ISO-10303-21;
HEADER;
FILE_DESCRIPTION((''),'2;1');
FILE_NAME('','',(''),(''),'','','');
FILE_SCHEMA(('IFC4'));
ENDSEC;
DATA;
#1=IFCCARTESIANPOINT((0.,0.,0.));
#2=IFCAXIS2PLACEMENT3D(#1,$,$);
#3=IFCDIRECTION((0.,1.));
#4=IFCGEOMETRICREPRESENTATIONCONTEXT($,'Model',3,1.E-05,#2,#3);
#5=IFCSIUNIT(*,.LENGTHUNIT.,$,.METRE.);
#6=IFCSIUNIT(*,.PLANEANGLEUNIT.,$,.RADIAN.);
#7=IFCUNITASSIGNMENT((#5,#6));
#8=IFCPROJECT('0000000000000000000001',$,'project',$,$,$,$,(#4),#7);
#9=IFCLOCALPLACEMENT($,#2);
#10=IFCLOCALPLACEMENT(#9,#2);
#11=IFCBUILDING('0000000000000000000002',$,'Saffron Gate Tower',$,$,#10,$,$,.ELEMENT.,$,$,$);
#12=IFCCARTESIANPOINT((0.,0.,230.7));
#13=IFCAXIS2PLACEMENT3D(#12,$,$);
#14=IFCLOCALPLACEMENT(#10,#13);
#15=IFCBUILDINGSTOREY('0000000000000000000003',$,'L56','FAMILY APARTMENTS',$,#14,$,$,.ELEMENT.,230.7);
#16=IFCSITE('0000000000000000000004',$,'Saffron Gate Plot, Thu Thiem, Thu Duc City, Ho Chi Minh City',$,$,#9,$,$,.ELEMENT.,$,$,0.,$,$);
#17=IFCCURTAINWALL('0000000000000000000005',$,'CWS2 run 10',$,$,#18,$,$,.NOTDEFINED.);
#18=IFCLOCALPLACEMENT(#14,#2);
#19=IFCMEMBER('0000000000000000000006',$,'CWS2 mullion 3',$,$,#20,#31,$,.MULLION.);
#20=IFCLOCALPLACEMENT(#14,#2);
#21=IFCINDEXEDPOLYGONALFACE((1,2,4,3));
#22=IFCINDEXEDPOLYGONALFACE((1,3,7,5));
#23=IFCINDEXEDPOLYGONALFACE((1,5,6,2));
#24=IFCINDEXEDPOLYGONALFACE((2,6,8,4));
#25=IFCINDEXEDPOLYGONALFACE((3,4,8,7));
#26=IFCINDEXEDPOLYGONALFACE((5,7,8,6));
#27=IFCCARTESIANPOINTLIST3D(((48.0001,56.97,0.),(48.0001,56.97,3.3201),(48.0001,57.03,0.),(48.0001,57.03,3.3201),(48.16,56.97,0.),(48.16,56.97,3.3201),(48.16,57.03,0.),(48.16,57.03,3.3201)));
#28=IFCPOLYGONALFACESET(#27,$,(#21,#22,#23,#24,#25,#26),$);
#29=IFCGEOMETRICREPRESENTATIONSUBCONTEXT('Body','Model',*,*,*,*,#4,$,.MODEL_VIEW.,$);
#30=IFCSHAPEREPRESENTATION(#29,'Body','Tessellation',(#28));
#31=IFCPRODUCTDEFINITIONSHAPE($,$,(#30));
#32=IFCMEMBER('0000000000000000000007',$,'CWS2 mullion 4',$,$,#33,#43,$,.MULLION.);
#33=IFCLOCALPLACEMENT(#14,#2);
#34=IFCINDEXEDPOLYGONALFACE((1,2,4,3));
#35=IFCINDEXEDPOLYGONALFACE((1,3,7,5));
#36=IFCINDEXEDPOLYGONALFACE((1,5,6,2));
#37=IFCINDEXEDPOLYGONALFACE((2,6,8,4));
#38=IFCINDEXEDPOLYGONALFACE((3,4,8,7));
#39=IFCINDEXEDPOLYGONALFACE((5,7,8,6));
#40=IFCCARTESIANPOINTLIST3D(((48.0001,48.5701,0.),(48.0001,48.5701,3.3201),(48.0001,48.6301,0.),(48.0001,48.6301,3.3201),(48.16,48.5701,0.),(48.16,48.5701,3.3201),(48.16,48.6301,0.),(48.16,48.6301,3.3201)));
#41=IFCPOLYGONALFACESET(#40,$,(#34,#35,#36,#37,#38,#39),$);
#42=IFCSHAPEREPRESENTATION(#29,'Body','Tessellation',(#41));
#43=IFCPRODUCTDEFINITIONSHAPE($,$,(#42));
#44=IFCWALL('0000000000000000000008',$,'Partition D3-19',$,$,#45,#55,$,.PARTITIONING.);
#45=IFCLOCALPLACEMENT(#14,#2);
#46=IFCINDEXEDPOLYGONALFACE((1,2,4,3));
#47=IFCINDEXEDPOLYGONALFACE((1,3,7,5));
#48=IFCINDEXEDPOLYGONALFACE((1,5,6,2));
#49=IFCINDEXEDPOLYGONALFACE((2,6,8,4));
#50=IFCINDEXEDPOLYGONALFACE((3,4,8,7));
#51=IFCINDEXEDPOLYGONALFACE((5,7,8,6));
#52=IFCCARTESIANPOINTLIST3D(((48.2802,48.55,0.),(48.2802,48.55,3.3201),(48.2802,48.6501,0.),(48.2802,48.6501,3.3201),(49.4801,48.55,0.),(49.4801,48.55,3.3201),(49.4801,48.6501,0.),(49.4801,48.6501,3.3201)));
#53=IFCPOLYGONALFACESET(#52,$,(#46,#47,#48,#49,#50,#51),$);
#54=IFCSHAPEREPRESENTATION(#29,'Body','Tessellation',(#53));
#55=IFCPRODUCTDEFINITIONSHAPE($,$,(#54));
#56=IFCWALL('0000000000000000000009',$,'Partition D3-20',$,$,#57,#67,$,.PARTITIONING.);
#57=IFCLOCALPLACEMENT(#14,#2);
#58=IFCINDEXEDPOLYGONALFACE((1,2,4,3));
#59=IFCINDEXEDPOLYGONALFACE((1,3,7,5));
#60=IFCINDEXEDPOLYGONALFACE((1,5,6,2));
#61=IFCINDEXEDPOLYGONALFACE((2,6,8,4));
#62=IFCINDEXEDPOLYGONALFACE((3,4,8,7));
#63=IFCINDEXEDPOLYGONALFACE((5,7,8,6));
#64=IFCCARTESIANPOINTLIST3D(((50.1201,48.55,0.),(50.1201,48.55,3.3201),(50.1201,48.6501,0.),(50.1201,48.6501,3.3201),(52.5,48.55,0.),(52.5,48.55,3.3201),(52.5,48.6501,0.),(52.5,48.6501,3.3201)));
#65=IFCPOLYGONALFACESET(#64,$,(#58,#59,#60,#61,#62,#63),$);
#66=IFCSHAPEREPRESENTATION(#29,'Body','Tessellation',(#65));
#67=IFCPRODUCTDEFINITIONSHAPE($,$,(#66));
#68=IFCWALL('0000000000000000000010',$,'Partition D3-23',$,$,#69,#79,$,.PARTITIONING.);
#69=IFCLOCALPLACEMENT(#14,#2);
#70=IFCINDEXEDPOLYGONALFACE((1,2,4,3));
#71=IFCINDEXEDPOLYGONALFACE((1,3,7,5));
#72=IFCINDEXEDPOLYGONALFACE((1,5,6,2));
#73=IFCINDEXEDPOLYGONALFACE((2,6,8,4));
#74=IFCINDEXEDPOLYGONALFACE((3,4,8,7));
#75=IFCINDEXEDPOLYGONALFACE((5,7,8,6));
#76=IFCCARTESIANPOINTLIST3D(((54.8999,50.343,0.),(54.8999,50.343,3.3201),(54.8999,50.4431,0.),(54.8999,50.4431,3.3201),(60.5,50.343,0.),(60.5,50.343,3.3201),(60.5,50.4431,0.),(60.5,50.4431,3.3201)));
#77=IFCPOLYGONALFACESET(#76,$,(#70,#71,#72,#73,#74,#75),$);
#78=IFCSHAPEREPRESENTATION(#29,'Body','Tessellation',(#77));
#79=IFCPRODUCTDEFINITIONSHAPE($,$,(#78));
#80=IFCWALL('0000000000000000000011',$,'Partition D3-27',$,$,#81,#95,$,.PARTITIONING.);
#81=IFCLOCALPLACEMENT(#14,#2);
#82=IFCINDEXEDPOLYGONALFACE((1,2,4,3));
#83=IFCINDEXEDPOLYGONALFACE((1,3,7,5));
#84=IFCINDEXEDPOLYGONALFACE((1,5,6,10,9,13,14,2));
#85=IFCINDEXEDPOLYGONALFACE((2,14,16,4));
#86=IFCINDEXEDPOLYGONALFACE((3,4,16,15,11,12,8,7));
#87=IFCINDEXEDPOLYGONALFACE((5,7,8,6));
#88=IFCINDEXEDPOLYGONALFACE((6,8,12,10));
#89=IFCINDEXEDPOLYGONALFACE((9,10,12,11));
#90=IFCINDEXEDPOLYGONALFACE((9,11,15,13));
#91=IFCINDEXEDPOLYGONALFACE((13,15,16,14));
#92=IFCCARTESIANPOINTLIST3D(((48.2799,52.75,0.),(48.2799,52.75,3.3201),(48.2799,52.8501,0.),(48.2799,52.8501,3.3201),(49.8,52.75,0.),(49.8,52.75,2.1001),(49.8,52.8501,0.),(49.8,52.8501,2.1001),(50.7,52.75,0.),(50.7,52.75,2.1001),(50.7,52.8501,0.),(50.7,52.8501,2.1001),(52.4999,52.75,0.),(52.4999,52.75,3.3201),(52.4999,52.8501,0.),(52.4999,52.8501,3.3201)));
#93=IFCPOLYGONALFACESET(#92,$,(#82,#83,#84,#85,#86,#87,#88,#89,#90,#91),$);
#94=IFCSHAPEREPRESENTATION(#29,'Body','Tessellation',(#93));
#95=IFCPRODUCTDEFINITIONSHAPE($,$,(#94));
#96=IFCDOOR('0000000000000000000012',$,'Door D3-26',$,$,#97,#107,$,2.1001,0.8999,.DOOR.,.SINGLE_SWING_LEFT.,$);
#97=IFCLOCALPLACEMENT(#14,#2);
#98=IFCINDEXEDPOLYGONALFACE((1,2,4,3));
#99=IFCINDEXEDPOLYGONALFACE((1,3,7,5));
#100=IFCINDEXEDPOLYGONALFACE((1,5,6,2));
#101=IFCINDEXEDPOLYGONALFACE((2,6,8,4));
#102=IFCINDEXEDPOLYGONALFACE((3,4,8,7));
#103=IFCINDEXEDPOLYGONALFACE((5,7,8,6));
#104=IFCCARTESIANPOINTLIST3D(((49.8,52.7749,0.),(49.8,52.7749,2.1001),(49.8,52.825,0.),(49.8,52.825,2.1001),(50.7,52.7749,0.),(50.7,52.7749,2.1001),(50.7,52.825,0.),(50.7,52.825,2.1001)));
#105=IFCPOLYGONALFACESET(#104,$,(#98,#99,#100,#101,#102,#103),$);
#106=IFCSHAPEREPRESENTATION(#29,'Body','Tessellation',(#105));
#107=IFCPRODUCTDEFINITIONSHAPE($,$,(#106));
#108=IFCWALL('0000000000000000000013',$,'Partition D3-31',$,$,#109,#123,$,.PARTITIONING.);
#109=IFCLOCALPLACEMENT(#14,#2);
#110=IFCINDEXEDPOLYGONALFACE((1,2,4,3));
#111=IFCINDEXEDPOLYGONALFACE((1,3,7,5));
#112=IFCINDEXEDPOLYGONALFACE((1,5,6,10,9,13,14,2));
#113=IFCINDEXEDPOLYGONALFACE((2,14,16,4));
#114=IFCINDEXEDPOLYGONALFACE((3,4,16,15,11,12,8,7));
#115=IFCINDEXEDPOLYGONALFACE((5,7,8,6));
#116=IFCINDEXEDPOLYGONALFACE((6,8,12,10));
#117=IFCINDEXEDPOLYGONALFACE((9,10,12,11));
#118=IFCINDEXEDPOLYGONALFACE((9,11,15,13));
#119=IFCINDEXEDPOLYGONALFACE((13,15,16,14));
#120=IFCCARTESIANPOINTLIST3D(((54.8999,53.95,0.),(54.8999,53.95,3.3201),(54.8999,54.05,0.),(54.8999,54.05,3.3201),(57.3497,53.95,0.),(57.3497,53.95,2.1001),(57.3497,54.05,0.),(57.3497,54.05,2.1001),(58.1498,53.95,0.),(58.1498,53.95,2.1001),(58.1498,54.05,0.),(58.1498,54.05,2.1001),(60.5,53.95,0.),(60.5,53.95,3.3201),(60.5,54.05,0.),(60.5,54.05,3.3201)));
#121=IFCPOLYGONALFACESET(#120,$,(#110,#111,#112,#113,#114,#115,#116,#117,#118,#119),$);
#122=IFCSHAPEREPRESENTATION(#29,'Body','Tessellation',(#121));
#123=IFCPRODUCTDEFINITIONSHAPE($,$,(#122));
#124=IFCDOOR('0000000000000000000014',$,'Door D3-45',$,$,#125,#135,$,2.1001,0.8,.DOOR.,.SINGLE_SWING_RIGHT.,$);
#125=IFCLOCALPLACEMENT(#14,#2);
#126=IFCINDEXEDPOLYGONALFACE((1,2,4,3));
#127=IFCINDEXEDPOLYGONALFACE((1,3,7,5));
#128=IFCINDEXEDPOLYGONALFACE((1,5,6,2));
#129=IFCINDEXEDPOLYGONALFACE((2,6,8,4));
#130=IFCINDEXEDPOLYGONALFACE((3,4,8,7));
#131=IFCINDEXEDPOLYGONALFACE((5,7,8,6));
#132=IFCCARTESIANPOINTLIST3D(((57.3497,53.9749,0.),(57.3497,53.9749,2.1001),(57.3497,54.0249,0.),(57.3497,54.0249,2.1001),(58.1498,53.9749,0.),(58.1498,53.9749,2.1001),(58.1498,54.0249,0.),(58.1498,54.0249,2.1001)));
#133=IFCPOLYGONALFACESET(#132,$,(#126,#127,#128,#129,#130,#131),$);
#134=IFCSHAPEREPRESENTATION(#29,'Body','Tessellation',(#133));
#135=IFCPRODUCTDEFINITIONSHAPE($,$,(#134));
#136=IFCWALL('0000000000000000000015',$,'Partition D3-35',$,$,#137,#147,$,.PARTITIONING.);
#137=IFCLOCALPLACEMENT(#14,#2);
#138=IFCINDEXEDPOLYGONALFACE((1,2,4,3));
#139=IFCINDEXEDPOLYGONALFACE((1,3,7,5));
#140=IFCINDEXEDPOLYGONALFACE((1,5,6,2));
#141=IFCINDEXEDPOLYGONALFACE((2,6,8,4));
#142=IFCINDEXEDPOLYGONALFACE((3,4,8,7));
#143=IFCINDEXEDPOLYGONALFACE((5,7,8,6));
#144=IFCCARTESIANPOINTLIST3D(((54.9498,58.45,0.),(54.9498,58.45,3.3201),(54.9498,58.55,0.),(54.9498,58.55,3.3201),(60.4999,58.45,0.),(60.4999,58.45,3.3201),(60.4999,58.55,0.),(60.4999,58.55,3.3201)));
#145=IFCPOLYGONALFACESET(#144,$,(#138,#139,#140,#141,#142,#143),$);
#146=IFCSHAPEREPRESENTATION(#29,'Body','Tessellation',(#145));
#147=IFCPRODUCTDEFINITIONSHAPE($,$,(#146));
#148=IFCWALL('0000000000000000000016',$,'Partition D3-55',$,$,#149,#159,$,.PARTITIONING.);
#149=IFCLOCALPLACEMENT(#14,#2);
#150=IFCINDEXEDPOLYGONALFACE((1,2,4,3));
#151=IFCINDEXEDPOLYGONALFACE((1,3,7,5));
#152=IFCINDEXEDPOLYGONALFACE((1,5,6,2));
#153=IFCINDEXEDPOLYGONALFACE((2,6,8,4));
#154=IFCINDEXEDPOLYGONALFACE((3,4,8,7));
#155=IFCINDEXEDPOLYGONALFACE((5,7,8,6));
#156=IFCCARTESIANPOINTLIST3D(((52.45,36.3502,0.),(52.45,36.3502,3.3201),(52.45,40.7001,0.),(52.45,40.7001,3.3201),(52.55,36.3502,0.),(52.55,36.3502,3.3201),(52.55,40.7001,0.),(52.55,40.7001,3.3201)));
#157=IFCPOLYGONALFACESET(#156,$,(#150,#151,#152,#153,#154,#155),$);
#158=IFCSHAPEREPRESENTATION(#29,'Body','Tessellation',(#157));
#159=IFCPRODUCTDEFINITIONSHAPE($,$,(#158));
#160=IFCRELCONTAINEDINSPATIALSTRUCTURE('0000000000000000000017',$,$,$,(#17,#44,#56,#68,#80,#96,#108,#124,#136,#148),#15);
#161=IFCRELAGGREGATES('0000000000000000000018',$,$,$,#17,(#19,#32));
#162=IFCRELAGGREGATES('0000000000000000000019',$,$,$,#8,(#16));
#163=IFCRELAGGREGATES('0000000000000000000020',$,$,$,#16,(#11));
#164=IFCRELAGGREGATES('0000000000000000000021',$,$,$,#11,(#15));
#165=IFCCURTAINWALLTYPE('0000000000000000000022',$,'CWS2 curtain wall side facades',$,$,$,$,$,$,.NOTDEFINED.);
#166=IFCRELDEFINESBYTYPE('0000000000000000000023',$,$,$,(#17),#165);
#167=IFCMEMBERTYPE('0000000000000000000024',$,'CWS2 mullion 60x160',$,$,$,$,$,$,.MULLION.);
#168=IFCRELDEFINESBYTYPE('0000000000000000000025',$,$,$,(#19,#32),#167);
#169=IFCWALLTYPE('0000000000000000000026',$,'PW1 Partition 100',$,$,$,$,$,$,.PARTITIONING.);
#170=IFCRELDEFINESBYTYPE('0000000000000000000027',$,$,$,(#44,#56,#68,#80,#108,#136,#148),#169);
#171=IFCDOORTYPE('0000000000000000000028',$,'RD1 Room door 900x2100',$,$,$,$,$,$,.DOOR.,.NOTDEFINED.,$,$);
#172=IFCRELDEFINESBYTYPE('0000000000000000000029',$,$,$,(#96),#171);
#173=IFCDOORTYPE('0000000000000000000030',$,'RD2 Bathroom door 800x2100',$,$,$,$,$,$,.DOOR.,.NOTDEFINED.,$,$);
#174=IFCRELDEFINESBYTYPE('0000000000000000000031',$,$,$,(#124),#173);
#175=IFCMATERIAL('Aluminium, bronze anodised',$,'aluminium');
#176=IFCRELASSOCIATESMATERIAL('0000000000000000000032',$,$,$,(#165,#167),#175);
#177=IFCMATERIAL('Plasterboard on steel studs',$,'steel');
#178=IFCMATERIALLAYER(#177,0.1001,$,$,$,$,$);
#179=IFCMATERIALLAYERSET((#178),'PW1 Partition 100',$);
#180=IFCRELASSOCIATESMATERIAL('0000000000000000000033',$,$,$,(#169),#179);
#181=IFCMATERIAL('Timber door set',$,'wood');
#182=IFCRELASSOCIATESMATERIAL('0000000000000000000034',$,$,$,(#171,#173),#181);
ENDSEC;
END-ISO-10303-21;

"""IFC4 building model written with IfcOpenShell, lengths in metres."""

from ifc_helpers import new_model, si_unit, direction, frame, frame_2d, origin, origin_2d, place, context, subcontext, project, spatial, rectangle, extrude, material, layer, layer_set, material_profile, profile_set, type_object, element, fill, aggregate, save


model = new_model("IFC4")

# Units and contexts
model_context = context("Model", 3, precision=1e-05, world=origin(), true_north=direction((0.0, 1.0)))
body_context = subcontext(model_context, "Body", "Model", "MODEL_VIEW")
ifc_project = project(units=[si_unit("LENGTHUNIT", "METRE"), si_unit("PLANEANGLEUNIT", "RADIAN")], contexts=[model_context])

# Site, building, storey
site_placement = place(None, origin())
site = spatial("IfcSite", under=ifc_project, at=site_placement, Name="Saffron Gate Plot, Thu Thiem, Thu Duc City, Ho Chi Minh City", CompositionType="ELEMENT", RefElevation=0.0)
building_placement = place(site_placement, origin())
building = spatial("IfcBuilding", under=site, at=building_placement, Name="Saffron Gate Tower", CompositionType="ELEMENT")
storey_placement = place(building_placement, frame((0.0, 0.0, 230.7)))
storey = spatial("IfcBuildingStorey", under=building, at=storey_placement, Name="L56", Description="FAMILY APARTMENTS", CompositionType="ELEMENT", Elevation=230.7)

# Curtain wall, members
ifc_material_1 = material(Name="Aluminium, bronze anodised", Category="aluminium")
curtain_wall_type = type_object("IfcCurtainWallType", Name="CWS2 curtain wall side facades", PredefinedType="NOTDEFINED", material=ifc_material_1)
curtain_wall_placement = place(storey_placement, origin())
curtain_wall = element("IfcCurtainWall", 1, at=curtain_wall_placement, inside=storey, type_object=curtain_wall_type, Name="CWS2 run 10", PredefinedType="NOTDEFINED")
ifc_material_profile_1 = material_profile(ifc_material_1, rectangle(XDim=0.1599, YDim=0.0601, at=origin_2d()))
ifc_profile_set_1 = profile_set([ifc_material_profile_1], Name="Aluminium, bronze anodised")
member_type = type_object("IfcMemberType", Name="CWS2 mullion 60x160", PredefinedType="MULLION", material=ifc_profile_set_1)
member_1_placement = place(storey_placement, frame((48.0801, 57.0, 0.0), z_axis=(0.0, 0.0, 1.0), x_axis=(1.0, 0.0, 0.0)))
member_1 = element("IfcMember", 2, at=member_1_placement, type_object=member_type, Name="CWS2 mullion 3", PredefinedType="MULLION", context=body_context, shape_type="SweptSolid", body=[
    extrude(rectangle(XDim=0.1599, YDim=0.0601, at=origin_2d()), origin(), (0.0, 0.0, 1.0), 3.3201),
])
member_2_placement = place(storey_placement, frame((48.0801, 48.6001, 0.0), z_axis=(0.0, 0.0, 1.0), x_axis=(1.0, 0.0, 0.0)))
member_2 = element("IfcMember", 3, at=member_2_placement, type_object=member_type, Name="CWS2 mullion 4", PredefinedType="MULLION", context=body_context, shape_type="SweptSolid", body=[
    extrude(rectangle(XDim=0.1599, YDim=0.0601, at=origin_2d()), origin(), (0.0, 0.0, 1.0), 3.3201),
])
aggregate(curtain_wall, [member_1, member_2])

# Walls
ifc_material_2 = material(Name="Plasterboard on steel studs", Category="steel")
ifc_layer_1 = layer(ifc_material_2, 0.1001)
ifc_layer_set_1 = layer_set([ifc_layer_1], Name="PW1 Partition 100")
wall_type_1 = type_object("IfcWallType", Name="PW1 Partition 100", PredefinedType="PARTITIONING", material=ifc_layer_set_1)
wall_1_placement = place(storey_placement, frame((48.28, 48.6001, 0.0), z_axis=(0.0, 0.0, 1.0), x_axis=(1.0, 0.0, 0.0)))
element("IfcWall", 4, at=wall_1_placement, inside=storey, type_object=wall_type_1, Name="Partition D3-19", PredefinedType="PARTITIONING", context=body_context, shape_type="SweptSolid", body=[
    extrude(rectangle(XDim=1.2, YDim=0.1001, at=frame_2d((0.6001, 0.0))), origin(), (0.0, 0.0, 1.0), 3.3201),
])
wall_2_placement = place(storey_placement, frame((50.1201, 48.6001, 0.0), z_axis=(0.0, 0.0, 1.0), x_axis=(1.0, 0.0, 0.0)))
element("IfcWall", 5, at=wall_2_placement, inside=storey, type_object=wall_type_1, Name="Partition D3-20", PredefinedType="PARTITIONING", context=body_context, shape_type="SweptSolid", body=[
    extrude(rectangle(XDim=2.3799, YDim=0.1001, at=frame_2d((1.1899, 0.0))), origin(), (0.0, 0.0, 1.0), 3.3201),
])
wall_3_placement = place(storey_placement, frame((54.8999, 50.3931, 0.0), z_axis=(0.0, 0.0, 1.0), x_axis=(1.0, 0.0, 0.0)))
element("IfcWall", 6, at=wall_3_placement, inside=storey, type_object=wall_type_1, Name="Partition D3-23", PredefinedType="PARTITIONING", context=body_context, shape_type="SweptSolid", body=[
    extrude(rectangle(XDim=5.6001, YDim=0.1001, at=frame_2d((2.8, 0.0))), origin(), (0.0, 0.0, 1.0), 3.3201),
])

# Walls, openings, doors
wall_4_placement = place(storey_placement, frame((48.28, 52.8, 0.0), z_axis=(0.0, 0.0, 1.0), x_axis=(1.0, 0.0, 0.0)))
wall_4 = element("IfcWall", 7, at=wall_4_placement, inside=storey, type_object=wall_type_1, Name="Partition D3-27", PredefinedType="PARTITIONING", context=body_context, shape_type="SweptSolid", body=[
    extrude(rectangle(XDim=4.22, YDim=0.1001, at=frame_2d((2.1099, 0.0))), origin(), (0.0, 0.0, 1.0), 3.3201),
])
opening_1_placement = place(wall_4_placement, frame((1.52, 0.0, 0.0)))
opening_1 = element("IfcOpeningElement", 8, at=opening_1_placement, cuts=wall_4, PredefinedType="OPENING", context=body_context, shape_type="SweptSolid", body=[
    extrude(rectangle(XDim=0.8999, YDim=2.1001, at=frame_2d((0.45, 1.05))), frame((0.0, 0.0601, 0.0), z_axis=(0.0, -1.0, 0.0), x_axis=(1.0, 0.0, 0.0)), (0.0, 0.0, 1.0), 0.1201),
])
ifc_material_3 = material(Name="Timber door set", Category="wood")
door_type_1 = type_object("IfcDoorType", Name="RD1 Room door 900x2100", OperationType="NOTDEFINED", PredefinedType="DOOR", material=ifc_material_3)
door_1_placement = place(opening_1_placement, origin())
door_1 = element("IfcDoor", 9, at=door_1_placement, inside=storey, type_object=door_type_1, Name="Door D3-26", OperationType="SINGLE_SWING_LEFT", OverallHeight=2.1001, OverallWidth=0.8999, PredefinedType="DOOR", context=body_context, shape_type="SweptSolid", body=[
    extrude(rectangle(XDim=0.8999, YDim=2.1001, at=frame_2d((0.45, 1.05))), frame((0.0, 0.0249, 0.0), z_axis=(0.0, -1.0, 0.0), x_axis=(1.0, 0.0, 0.0)), (0.0, 0.0, 1.0), 0.05),
])
fill(opening_1, door_1)
wall_5_placement = place(storey_placement, frame((54.8999, 54.0, 0.0), z_axis=(0.0, 0.0, 1.0), x_axis=(1.0, 0.0, 0.0)))
wall_5 = element("IfcWall", 10, at=wall_5_placement, inside=storey, type_object=wall_type_1, Name="Partition D3-31", PredefinedType="PARTITIONING", context=body_context, shape_type="SweptSolid", body=[
    extrude(rectangle(XDim=5.6001, YDim=0.1001, at=frame_2d((2.8, 0.0))), origin(), (0.0, 0.0, 1.0), 3.3201),
])
opening_2_placement = place(wall_5_placement, frame((2.45, 0.0, 0.0)))
opening_2 = element("IfcOpeningElement", 11, at=opening_2_placement, cuts=wall_5, PredefinedType="OPENING", context=body_context, shape_type="SweptSolid", body=[
    extrude(rectangle(XDim=0.8, YDim=2.1001, at=frame_2d((0.3999, 1.05))), frame((0.0, 0.0601, 0.0), z_axis=(0.0, -1.0, 0.0), x_axis=(1.0, 0.0, 0.0)), (0.0, 0.0, 1.0), 0.1201),
])
door_type_2 = type_object("IfcDoorType", Name="RD2 Bathroom door 800x2100", OperationType="NOTDEFINED", PredefinedType="DOOR", material=ifc_material_3)
door_2_placement = place(opening_2_placement, origin())
door_2 = element("IfcDoor", 12, at=door_2_placement, inside=storey, type_object=door_type_2, Name="Door D3-45", OperationType="SINGLE_SWING_RIGHT", OverallHeight=2.1001, OverallWidth=0.8, PredefinedType="DOOR", context=body_context, shape_type="SweptSolid", body=[
    extrude(rectangle(XDim=0.8, YDim=2.1001, at=frame_2d((0.3999, 1.05))), frame((0.0, 0.0249, 0.0), z_axis=(0.0, -1.0, 0.0), x_axis=(1.0, 0.0, 0.0)), (0.0, 0.0, 1.0), 0.05),
])
fill(opening_2, door_2)

# Walls
wall_6_placement = place(storey_placement, frame((54.95, 58.5, 0.0), z_axis=(0.0, 0.0, 1.0), x_axis=(1.0, 0.0, 0.0)))
element("IfcWall", 13, at=wall_6_placement, inside=storey, type_object=wall_type_1, Name="Partition D3-35", PredefinedType="PARTITIONING", context=body_context, shape_type="SweptSolid", body=[
    extrude(rectangle(XDim=5.55, YDim=0.1001, at=frame_2d((2.7749, 0.0))), origin(), (0.0, 0.0, 1.0), 3.3201),
])
wall_7_placement = place(storey_placement, frame((52.5, 40.7, 0.0), z_axis=(0.0, 0.0, 1.0), x_axis=(0.0, -1.0, 0.0)))
element("IfcWall", 14, at=wall_7_placement, inside=storey, type_object=wall_type_1, Name="Partition D3-55", PredefinedType="PARTITIONING", context=body_context, shape_type="SweptSolid", body=[
    extrude(rectangle(XDim=4.3499, YDim=0.1001, at=frame_2d((2.1748, 0.0))), origin(), (0.0, 0.0, 1.0), 3.3201),
])

save(model, "model.ifc")
